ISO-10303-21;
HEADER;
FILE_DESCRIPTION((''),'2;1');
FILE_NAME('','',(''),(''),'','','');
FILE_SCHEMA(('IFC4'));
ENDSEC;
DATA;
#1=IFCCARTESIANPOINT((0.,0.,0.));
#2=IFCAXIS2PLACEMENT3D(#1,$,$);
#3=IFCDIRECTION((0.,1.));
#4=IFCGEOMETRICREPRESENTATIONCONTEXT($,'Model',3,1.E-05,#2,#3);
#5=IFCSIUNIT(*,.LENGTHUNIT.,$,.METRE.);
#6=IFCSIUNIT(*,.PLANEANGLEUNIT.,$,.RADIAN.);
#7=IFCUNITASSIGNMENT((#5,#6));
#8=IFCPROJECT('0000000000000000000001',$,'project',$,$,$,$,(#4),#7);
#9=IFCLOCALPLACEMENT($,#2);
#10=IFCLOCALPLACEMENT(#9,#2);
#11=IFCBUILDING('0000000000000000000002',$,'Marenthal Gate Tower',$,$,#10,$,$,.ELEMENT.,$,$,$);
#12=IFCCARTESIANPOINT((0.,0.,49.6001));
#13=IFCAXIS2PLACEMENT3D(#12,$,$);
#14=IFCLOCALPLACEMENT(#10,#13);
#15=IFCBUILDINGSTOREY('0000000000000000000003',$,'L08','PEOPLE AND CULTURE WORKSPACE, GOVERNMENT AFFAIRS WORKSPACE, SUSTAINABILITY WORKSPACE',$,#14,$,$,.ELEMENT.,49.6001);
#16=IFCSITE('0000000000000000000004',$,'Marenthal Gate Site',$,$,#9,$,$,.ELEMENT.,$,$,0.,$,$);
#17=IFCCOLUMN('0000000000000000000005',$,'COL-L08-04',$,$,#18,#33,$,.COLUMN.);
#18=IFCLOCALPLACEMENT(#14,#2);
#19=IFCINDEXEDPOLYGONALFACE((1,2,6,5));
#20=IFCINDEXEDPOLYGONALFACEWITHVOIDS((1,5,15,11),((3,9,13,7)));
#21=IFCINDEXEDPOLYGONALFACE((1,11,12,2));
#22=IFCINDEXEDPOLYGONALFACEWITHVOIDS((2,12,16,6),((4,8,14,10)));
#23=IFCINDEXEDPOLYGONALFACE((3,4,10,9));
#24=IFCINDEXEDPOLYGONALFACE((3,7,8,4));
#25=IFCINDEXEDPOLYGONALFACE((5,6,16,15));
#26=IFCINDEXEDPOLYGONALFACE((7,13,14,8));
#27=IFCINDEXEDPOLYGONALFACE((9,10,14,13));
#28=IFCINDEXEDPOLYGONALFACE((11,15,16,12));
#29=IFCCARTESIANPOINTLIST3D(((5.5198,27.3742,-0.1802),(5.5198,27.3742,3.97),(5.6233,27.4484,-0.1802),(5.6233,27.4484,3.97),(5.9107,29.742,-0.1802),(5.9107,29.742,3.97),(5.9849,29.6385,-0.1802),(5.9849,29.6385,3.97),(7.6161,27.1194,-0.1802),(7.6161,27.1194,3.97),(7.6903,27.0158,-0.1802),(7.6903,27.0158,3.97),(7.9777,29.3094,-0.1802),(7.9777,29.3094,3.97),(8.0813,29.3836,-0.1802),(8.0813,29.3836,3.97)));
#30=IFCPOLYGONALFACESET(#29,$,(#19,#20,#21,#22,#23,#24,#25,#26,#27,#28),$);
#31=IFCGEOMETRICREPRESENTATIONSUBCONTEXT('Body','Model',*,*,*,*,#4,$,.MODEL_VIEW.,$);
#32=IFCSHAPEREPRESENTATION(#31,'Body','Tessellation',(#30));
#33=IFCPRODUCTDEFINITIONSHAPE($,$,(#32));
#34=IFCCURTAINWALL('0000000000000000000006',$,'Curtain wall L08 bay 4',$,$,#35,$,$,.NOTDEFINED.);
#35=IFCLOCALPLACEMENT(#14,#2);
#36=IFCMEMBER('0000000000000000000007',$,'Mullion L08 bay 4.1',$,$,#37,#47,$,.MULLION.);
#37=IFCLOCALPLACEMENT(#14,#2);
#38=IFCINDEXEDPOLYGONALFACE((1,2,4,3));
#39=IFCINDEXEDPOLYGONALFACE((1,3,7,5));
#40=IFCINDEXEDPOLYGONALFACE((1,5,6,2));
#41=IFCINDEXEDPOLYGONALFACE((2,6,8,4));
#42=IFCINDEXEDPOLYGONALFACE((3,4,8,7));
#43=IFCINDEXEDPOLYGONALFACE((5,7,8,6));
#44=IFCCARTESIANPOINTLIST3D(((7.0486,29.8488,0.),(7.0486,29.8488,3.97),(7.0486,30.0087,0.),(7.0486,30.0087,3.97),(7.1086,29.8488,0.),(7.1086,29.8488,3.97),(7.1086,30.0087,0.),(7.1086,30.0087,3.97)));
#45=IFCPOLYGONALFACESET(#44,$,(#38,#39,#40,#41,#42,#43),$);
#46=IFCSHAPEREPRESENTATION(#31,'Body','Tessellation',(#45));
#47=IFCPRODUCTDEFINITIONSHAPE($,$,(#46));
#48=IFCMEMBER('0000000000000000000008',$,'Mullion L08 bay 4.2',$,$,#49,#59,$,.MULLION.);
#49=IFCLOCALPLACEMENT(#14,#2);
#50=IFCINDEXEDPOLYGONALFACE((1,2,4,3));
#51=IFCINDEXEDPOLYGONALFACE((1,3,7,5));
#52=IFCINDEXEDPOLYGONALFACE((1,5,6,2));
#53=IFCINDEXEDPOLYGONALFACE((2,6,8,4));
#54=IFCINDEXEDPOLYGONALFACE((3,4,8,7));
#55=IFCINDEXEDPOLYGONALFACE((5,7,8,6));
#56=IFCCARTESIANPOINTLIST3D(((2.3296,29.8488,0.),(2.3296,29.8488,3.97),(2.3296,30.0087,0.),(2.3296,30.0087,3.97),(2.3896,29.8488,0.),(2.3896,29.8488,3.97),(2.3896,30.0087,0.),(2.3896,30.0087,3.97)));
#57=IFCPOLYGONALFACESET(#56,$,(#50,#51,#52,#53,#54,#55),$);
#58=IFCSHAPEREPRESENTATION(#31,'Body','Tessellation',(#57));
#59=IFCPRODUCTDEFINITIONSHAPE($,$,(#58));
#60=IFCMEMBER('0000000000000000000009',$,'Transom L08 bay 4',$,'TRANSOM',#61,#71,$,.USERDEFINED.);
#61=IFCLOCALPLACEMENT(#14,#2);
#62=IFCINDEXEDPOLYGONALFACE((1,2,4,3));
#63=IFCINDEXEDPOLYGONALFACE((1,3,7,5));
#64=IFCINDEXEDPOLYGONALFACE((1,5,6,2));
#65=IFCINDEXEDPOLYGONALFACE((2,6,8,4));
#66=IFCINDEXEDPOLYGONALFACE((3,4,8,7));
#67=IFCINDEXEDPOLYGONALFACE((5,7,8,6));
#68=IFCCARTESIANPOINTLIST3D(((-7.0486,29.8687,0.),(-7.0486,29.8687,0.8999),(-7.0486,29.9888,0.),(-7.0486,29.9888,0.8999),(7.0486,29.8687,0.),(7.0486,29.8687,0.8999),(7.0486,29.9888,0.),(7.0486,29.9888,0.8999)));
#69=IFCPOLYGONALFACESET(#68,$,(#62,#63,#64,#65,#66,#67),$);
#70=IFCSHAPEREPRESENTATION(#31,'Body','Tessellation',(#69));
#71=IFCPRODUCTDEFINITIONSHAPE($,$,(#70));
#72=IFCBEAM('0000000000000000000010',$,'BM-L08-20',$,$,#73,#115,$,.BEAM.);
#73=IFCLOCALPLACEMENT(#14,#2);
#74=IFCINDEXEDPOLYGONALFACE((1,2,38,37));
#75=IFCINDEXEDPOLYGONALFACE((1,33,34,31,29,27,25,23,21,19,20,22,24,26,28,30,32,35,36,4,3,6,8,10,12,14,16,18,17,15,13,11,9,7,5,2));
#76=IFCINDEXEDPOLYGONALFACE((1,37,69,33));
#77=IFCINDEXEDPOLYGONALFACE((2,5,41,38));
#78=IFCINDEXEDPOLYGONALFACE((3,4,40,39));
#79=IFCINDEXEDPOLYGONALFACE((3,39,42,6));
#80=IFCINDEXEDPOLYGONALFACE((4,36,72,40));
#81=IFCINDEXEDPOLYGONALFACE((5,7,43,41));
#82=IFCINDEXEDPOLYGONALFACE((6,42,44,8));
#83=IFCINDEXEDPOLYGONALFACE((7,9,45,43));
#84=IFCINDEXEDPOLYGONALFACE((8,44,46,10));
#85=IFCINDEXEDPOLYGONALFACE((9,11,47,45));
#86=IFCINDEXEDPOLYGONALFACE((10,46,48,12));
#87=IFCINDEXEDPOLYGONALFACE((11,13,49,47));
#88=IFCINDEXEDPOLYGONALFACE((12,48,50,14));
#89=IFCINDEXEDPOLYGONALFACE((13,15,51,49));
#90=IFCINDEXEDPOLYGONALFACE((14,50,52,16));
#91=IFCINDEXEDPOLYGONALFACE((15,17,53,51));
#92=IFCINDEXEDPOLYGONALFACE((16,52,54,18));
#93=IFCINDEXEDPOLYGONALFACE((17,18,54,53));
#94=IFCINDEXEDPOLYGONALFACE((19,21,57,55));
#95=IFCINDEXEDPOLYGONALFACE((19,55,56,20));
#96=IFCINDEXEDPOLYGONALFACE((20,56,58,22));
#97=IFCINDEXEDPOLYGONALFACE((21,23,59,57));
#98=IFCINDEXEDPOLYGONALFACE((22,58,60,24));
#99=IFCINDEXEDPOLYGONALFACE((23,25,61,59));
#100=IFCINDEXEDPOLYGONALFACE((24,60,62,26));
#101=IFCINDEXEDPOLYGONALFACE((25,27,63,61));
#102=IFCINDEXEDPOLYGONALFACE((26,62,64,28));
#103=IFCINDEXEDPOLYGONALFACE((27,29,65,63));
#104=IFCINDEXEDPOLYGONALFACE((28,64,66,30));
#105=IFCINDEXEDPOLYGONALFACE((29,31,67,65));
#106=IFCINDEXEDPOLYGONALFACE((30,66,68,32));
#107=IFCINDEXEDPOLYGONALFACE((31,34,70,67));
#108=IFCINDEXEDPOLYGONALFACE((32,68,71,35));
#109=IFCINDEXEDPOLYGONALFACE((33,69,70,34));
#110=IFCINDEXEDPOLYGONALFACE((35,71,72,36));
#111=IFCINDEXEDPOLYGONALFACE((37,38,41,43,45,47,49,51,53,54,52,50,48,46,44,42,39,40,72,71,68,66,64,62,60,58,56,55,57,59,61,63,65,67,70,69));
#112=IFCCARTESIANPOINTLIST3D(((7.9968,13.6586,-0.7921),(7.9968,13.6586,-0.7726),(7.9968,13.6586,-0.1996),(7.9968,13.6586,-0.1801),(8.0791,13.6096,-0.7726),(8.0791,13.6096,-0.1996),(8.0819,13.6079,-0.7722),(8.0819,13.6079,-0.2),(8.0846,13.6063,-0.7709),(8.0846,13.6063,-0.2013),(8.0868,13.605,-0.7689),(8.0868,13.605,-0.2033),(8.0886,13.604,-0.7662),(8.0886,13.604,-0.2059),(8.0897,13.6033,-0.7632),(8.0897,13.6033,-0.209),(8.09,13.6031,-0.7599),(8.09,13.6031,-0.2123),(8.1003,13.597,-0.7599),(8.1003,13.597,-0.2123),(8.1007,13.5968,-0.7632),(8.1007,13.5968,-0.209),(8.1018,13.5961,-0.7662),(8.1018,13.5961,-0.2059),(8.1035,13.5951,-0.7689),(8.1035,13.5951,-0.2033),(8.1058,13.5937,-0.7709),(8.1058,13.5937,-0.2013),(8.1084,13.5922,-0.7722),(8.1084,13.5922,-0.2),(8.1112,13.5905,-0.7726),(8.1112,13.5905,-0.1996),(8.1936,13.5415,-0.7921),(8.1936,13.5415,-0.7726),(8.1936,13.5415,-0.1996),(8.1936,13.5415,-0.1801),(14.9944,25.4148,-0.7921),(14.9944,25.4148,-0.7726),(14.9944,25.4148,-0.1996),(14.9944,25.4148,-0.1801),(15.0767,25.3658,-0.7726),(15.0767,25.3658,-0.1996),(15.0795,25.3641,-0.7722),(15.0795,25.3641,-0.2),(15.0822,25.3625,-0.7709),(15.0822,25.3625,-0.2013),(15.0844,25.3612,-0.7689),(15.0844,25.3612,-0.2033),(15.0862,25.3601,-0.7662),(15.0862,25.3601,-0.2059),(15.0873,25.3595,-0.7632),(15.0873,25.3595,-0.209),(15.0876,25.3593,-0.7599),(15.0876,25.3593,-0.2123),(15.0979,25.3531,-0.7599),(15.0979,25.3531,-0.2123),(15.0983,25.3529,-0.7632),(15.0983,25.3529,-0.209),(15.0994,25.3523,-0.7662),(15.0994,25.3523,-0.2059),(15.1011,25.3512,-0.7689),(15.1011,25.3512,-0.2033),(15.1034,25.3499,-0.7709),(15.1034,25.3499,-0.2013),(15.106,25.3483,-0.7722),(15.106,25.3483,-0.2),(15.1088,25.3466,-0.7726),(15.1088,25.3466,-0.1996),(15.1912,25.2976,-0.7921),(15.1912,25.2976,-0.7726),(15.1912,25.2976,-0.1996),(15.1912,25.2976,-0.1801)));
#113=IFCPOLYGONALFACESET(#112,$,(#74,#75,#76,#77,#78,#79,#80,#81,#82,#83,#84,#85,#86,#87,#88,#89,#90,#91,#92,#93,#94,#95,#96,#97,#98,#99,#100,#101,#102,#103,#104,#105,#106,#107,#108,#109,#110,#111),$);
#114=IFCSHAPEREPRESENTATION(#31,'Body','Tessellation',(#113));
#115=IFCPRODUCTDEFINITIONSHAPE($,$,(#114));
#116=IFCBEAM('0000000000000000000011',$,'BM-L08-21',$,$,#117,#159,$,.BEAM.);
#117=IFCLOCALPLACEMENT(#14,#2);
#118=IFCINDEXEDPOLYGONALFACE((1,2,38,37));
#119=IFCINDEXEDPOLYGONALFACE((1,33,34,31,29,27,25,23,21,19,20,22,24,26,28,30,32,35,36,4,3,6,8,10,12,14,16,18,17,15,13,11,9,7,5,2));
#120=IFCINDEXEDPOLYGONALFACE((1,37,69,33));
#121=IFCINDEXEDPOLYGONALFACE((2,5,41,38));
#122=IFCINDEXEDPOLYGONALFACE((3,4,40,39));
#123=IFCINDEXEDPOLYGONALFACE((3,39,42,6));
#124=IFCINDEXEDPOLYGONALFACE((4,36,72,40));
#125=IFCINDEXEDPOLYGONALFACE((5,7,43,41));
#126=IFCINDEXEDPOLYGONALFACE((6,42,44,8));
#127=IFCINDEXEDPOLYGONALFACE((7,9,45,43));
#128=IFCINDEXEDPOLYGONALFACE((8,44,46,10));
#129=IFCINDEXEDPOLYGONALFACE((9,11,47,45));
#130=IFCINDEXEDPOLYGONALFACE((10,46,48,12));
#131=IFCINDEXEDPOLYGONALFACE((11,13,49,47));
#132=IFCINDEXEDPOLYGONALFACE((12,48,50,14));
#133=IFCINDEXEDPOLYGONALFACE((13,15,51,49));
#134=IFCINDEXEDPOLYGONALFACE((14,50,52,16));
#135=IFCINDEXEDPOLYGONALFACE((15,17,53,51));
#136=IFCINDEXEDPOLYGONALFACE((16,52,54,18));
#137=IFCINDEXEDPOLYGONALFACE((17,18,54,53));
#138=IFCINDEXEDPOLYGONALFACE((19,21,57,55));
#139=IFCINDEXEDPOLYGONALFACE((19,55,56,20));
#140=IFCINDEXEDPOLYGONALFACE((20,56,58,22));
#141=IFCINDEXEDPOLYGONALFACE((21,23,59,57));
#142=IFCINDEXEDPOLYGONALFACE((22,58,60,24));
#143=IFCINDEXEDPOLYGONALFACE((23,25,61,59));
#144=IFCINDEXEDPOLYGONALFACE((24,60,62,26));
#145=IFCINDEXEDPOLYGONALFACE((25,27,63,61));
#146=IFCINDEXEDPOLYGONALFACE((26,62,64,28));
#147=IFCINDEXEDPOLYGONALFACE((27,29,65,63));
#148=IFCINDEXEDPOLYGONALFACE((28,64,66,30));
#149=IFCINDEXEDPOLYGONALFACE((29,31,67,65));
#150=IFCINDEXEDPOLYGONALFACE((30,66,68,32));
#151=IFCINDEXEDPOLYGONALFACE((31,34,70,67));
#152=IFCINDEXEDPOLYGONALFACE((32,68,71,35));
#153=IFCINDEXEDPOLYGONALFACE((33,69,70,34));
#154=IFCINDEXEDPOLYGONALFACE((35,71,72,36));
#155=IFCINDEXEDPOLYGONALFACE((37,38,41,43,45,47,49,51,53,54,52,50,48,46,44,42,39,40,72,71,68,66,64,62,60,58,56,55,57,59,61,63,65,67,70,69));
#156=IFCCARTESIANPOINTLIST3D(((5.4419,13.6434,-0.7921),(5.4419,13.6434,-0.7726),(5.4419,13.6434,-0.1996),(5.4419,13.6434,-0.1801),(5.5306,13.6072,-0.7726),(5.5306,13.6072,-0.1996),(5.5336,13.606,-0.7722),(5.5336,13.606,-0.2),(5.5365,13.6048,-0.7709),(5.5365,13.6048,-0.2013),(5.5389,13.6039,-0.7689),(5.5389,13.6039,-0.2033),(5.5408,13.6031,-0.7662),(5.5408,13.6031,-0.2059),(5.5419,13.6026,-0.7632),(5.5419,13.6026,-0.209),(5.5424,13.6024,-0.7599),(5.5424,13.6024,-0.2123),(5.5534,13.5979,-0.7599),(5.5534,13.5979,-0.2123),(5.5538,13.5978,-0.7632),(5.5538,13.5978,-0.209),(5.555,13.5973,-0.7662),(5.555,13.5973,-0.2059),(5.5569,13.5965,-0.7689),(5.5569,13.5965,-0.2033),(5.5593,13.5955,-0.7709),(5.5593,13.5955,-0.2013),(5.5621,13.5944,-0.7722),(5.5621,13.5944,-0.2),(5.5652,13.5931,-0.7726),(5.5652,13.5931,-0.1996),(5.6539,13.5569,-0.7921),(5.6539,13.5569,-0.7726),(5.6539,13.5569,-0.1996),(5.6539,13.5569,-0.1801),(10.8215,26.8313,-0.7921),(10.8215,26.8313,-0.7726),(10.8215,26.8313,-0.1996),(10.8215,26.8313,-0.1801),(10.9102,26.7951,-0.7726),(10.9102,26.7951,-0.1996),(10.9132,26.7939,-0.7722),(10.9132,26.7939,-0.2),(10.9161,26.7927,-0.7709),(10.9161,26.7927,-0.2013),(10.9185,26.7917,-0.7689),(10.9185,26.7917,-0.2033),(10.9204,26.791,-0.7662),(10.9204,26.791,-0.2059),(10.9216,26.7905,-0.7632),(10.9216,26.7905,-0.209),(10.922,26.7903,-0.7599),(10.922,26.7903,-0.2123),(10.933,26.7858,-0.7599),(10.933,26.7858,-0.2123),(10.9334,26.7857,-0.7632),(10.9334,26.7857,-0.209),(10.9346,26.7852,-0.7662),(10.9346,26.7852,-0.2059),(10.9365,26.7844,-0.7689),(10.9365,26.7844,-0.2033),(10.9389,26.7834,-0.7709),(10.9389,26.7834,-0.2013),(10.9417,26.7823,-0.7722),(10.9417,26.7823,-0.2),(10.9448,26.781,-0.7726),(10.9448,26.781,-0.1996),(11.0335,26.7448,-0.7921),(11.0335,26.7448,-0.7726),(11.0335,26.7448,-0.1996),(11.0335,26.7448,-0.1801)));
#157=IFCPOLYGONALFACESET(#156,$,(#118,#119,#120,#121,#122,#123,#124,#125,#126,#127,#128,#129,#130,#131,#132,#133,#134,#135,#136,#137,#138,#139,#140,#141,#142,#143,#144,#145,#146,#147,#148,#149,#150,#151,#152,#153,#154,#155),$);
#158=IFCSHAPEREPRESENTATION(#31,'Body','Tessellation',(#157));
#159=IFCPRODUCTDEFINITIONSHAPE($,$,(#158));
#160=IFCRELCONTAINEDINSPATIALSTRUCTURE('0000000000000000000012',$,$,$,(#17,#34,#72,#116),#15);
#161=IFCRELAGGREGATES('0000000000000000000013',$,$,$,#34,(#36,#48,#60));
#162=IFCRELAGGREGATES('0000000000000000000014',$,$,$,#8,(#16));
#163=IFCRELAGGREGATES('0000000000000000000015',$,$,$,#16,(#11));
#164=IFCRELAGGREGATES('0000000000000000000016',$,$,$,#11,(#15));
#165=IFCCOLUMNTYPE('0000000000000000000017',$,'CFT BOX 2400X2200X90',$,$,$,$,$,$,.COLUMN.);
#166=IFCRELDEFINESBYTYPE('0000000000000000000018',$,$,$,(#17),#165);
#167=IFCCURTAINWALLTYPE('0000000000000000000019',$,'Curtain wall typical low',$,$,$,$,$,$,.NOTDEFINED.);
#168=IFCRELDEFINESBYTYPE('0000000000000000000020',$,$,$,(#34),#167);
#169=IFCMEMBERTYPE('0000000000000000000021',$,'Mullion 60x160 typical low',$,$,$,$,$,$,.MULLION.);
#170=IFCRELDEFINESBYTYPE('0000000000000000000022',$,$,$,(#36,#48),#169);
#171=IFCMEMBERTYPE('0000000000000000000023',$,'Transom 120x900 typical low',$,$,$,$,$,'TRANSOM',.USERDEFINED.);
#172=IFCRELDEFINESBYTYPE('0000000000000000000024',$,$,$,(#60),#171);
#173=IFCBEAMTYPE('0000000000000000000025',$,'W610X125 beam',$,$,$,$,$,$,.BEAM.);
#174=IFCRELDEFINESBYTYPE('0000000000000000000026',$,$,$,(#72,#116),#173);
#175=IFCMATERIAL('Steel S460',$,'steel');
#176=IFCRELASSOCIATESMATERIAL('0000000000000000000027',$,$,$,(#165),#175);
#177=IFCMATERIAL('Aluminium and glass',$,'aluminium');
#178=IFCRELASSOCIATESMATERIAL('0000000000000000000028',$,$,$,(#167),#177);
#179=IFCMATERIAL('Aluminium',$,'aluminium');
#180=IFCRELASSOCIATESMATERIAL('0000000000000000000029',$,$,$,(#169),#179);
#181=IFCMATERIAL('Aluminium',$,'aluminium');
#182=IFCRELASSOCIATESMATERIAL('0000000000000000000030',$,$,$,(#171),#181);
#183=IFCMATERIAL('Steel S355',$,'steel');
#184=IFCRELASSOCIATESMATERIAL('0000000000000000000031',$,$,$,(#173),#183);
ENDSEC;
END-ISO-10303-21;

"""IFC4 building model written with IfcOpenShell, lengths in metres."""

from ifc_helpers import new_model, si_unit, direction, frame, origin, origin_2d, place, context, subcontext, project, spatial, rectangle, hollow_rectangle, i_section, extrude, material, material_profile, profile_set, type_object, element, aggregate, save


model = new_model("IFC4")

# Units and contexts
model_context = context("Model", 3, precision=1e-05, world=origin(), true_north=direction((0.0, 1.0)))
body_context = subcontext(model_context, "Body", "Model", "MODEL_VIEW")
ifc_project = project(units=[si_unit("LENGTHUNIT", "METRE"), si_unit("PLANEANGLEUNIT", "RADIAN")], contexts=[model_context])

# Site, building, storey
site_placement = place(None, origin())
site = spatial("IfcSite", under=ifc_project, at=site_placement, Name="Marenthal Gate Site", CompositionType="ELEMENT", RefElevation=0.0)
building_placement = place(site_placement, origin())
building = spatial("IfcBuilding", under=site, at=building_placement, Name="Marenthal Gate Tower", CompositionType="ELEMENT")
storey_placement = place(building_placement, frame((0.0, 0.0, 49.6001)))
storey = spatial("IfcBuildingStorey", under=building, at=storey_placement, Name="L08", Description="PEOPLE AND CULTURE WORKSPACE, GOVERNMENT AFFAIRS WORKSPACE, SUSTAINABILITY WORKSPACE", CompositionType="ELEMENT", Elevation=49.6001)

# Column
ifc_material_1 = material(Name="Steel S460", Category="steel")
ifc_material_profile_1 = material_profile(ifc_material_1, hollow_rectangle(XDim=2.2, YDim=2.3999, WallThickness=0.0901, at=origin_2d()), Name="CFT BOX 2400X2200X90")
ifc_material_2 = material(Name="Concrete 70 MPa", Category="concrete")
ifc_material_profile_2 = material_profile(ifc_material_2, rectangle(XDim=2.02, YDim=2.22, at=origin_2d()), Name="CFT BOX 2400X2200X90 INFILL")
ifc_profile_set_1 = profile_set([ifc_material_profile_1, ifc_material_profile_2], Name="Steel S460 shell, Concrete 70 MPa infill")
column_type = type_object("IfcColumnType", Name="CFT BOX 2400X2200X90", PredefinedType="COLUMN", material=ifc_profile_set_1)
column_placement = place(storey_placement, frame((6.8005, 28.3789, -0.1802), z_axis=(0.0, 0.0, 1.0), x_axis=(0.986641, -0.162908, 0.0)))
element("IfcColumn", 1, at=column_placement, inside=storey, type_object=column_type, Name="COL-L08-04", PredefinedType="COLUMN", context=body_context, shape_type="SweptSolid", body=[
    extrude(hollow_rectangle(XDim=2.2, YDim=2.3999, WallThickness=0.0901, at=origin_2d()), origin(), (0.0, 0.0, 1.0), 4.1501),
])

# Curtain wall, members
ifc_material_3 = material(Name="Aluminium and glass", Category="aluminium")
curtain_wall_type = type_object("IfcCurtainWallType", Name="Curtain wall typical low", PredefinedType="NOTDEFINED", material=ifc_material_3)
curtain_wall_placement = place(storey_placement, origin())
curtain_wall = element("IfcCurtainWall", 2, at=curtain_wall_placement, inside=storey, type_object=curtain_wall_type, Name="Curtain wall L08 bay 4", PredefinedType="NOTDEFINED")
ifc_material_4 = material(Name="Aluminium", Category="aluminium")
ifc_material_profile_3 = material_profile(ifc_material_4, rectangle(XDim=0.1599, YDim=0.0601, at=origin_2d()), Name="60x160 aluminium mullion")
ifc_profile_set_2 = profile_set([ifc_material_profile_3], Name="Aluminium")
member_type_1 = type_object("IfcMemberType", Name="Mullion 60x160 typical low", PredefinedType="MULLION", material=ifc_profile_set_2)
member_1_placement = place(storey_placement, frame((7.0786, 29.9287, 0.0), z_axis=(0.0, 0.0, 1.0), x_axis=(0.0, -1.0, 0.0)))
member_1 = element("IfcMember", 3, at=member_1_placement, type_object=member_type_1, Name="Mullion L08 bay 4.1", PredefinedType="MULLION", context=body_context, shape_type="SweptSolid", body=[
    extrude(rectangle(XDim=0.1599, YDim=0.0601, at=origin_2d()), origin(), (0.0, 0.0, 1.0), 3.97),
])
member_2_placement = place(storey_placement, frame((2.3596, 29.9287, 0.0), z_axis=(0.0, 0.0, 1.0), x_axis=(0.0, -1.0, 0.0)))
member_2 = element("IfcMember", 4, at=member_2_placement, type_object=member_type_1, Name="Mullion L08 bay 4.2", PredefinedType="MULLION", context=body_context, shape_type="SweptSolid", body=[
    extrude(rectangle(XDim=0.1599, YDim=0.0601, at=origin_2d()), origin(), (0.0, 0.0, 1.0), 3.97),
])
ifc_material_5 = material(Name="Aluminium", Category="aluminium")
ifc_material_profile_4 = material_profile(ifc_material_5, rectangle(XDim=0.1201, YDim=0.8999, at=origin_2d()), Name="120x900 aluminium transom")
ifc_profile_set_3 = profile_set([ifc_material_profile_4], Name="Aluminium")
member_type_2 = type_object("IfcMemberType", Name="Transom 120x900 typical low", ElementType="TRANSOM", PredefinedType="USERDEFINED", material=ifc_profile_set_3)
member_3_placement = place(storey_placement, frame((7.0486, 29.9287, 0.45), z_axis=(-1.0, 0.0, 0.0), x_axis=(0.0, -1.0, 0.0)))
member_3 = element("IfcMember", 5, at=member_3_placement, type_object=member_type_2, Name="Transom L08 bay 4", ObjectType="TRANSOM", PredefinedType="USERDEFINED", context=body_context, shape_type="SweptSolid", body=[
    extrude(rectangle(XDim=0.1201, YDim=0.8999, at=origin_2d()), origin(), (0.0, 0.0, 1.0), 14.0972),
])

# Beams
ifc_material_6 = material(Name="Steel S355", Category="steel")
ifc_material_profile_5 = material_profile(ifc_material_6, i_section(OverallWidth=0.229, OverallDepth=0.6121, WebThickness=0.012, FlangeThickness=0.0195, FilletRadius=0.0127, at=origin_2d()), Name="W610X125")
ifc_profile_set_4 = profile_set([ifc_material_profile_5], Name="Steel S355")
beam_type_1 = type_object("IfcBeamType", Name="W610X125 beam", PredefinedType="BEAM", material=ifc_profile_set_4)
beam_1_placement = place(storey_placement, frame((15.0928, 25.3562, -0.4861), z_axis=(-0.511477, -0.859297, 0.0), x_axis=(0.859297, -0.511477, 0.0)))
element("IfcBeam", 6, at=beam_1_placement, inside=storey, type_object=beam_type_1, Name="BM-L08-20", PredefinedType="BEAM", context=body_context, shape_type="SweptSolid", body=[
    extrude(i_section(OverallWidth=0.229, OverallDepth=0.6121, WebThickness=0.012, FlangeThickness=0.0195, FilletRadius=0.0127, at=origin_2d()), origin(), (0.0, 0.0, 1.0), 13.6812),
])
beam_2_placement = place(storey_placement, frame((10.9275, 26.7881, -0.4861), z_axis=(-0.377704, -0.925927, 0.0), x_axis=(0.925927, -0.377704, 0.0)))
element("IfcBeam", 7, at=beam_2_placement, inside=storey, type_object=beam_type_1, Name="BM-L08-21", PredefinedType="BEAM", context=body_context, shape_type="SweptSolid", body=[
    extrude(i_section(OverallWidth=0.229, OverallDepth=0.6121, WebThickness=0.012, FlangeThickness=0.0195, FilletRadius=0.0127, at=origin_2d()), origin(), (0.0, 0.0, 1.0), 14.2429),
])

aggregate(curtain_wall, [member_1, member_2, member_3])

save(model, "model.ifc")
